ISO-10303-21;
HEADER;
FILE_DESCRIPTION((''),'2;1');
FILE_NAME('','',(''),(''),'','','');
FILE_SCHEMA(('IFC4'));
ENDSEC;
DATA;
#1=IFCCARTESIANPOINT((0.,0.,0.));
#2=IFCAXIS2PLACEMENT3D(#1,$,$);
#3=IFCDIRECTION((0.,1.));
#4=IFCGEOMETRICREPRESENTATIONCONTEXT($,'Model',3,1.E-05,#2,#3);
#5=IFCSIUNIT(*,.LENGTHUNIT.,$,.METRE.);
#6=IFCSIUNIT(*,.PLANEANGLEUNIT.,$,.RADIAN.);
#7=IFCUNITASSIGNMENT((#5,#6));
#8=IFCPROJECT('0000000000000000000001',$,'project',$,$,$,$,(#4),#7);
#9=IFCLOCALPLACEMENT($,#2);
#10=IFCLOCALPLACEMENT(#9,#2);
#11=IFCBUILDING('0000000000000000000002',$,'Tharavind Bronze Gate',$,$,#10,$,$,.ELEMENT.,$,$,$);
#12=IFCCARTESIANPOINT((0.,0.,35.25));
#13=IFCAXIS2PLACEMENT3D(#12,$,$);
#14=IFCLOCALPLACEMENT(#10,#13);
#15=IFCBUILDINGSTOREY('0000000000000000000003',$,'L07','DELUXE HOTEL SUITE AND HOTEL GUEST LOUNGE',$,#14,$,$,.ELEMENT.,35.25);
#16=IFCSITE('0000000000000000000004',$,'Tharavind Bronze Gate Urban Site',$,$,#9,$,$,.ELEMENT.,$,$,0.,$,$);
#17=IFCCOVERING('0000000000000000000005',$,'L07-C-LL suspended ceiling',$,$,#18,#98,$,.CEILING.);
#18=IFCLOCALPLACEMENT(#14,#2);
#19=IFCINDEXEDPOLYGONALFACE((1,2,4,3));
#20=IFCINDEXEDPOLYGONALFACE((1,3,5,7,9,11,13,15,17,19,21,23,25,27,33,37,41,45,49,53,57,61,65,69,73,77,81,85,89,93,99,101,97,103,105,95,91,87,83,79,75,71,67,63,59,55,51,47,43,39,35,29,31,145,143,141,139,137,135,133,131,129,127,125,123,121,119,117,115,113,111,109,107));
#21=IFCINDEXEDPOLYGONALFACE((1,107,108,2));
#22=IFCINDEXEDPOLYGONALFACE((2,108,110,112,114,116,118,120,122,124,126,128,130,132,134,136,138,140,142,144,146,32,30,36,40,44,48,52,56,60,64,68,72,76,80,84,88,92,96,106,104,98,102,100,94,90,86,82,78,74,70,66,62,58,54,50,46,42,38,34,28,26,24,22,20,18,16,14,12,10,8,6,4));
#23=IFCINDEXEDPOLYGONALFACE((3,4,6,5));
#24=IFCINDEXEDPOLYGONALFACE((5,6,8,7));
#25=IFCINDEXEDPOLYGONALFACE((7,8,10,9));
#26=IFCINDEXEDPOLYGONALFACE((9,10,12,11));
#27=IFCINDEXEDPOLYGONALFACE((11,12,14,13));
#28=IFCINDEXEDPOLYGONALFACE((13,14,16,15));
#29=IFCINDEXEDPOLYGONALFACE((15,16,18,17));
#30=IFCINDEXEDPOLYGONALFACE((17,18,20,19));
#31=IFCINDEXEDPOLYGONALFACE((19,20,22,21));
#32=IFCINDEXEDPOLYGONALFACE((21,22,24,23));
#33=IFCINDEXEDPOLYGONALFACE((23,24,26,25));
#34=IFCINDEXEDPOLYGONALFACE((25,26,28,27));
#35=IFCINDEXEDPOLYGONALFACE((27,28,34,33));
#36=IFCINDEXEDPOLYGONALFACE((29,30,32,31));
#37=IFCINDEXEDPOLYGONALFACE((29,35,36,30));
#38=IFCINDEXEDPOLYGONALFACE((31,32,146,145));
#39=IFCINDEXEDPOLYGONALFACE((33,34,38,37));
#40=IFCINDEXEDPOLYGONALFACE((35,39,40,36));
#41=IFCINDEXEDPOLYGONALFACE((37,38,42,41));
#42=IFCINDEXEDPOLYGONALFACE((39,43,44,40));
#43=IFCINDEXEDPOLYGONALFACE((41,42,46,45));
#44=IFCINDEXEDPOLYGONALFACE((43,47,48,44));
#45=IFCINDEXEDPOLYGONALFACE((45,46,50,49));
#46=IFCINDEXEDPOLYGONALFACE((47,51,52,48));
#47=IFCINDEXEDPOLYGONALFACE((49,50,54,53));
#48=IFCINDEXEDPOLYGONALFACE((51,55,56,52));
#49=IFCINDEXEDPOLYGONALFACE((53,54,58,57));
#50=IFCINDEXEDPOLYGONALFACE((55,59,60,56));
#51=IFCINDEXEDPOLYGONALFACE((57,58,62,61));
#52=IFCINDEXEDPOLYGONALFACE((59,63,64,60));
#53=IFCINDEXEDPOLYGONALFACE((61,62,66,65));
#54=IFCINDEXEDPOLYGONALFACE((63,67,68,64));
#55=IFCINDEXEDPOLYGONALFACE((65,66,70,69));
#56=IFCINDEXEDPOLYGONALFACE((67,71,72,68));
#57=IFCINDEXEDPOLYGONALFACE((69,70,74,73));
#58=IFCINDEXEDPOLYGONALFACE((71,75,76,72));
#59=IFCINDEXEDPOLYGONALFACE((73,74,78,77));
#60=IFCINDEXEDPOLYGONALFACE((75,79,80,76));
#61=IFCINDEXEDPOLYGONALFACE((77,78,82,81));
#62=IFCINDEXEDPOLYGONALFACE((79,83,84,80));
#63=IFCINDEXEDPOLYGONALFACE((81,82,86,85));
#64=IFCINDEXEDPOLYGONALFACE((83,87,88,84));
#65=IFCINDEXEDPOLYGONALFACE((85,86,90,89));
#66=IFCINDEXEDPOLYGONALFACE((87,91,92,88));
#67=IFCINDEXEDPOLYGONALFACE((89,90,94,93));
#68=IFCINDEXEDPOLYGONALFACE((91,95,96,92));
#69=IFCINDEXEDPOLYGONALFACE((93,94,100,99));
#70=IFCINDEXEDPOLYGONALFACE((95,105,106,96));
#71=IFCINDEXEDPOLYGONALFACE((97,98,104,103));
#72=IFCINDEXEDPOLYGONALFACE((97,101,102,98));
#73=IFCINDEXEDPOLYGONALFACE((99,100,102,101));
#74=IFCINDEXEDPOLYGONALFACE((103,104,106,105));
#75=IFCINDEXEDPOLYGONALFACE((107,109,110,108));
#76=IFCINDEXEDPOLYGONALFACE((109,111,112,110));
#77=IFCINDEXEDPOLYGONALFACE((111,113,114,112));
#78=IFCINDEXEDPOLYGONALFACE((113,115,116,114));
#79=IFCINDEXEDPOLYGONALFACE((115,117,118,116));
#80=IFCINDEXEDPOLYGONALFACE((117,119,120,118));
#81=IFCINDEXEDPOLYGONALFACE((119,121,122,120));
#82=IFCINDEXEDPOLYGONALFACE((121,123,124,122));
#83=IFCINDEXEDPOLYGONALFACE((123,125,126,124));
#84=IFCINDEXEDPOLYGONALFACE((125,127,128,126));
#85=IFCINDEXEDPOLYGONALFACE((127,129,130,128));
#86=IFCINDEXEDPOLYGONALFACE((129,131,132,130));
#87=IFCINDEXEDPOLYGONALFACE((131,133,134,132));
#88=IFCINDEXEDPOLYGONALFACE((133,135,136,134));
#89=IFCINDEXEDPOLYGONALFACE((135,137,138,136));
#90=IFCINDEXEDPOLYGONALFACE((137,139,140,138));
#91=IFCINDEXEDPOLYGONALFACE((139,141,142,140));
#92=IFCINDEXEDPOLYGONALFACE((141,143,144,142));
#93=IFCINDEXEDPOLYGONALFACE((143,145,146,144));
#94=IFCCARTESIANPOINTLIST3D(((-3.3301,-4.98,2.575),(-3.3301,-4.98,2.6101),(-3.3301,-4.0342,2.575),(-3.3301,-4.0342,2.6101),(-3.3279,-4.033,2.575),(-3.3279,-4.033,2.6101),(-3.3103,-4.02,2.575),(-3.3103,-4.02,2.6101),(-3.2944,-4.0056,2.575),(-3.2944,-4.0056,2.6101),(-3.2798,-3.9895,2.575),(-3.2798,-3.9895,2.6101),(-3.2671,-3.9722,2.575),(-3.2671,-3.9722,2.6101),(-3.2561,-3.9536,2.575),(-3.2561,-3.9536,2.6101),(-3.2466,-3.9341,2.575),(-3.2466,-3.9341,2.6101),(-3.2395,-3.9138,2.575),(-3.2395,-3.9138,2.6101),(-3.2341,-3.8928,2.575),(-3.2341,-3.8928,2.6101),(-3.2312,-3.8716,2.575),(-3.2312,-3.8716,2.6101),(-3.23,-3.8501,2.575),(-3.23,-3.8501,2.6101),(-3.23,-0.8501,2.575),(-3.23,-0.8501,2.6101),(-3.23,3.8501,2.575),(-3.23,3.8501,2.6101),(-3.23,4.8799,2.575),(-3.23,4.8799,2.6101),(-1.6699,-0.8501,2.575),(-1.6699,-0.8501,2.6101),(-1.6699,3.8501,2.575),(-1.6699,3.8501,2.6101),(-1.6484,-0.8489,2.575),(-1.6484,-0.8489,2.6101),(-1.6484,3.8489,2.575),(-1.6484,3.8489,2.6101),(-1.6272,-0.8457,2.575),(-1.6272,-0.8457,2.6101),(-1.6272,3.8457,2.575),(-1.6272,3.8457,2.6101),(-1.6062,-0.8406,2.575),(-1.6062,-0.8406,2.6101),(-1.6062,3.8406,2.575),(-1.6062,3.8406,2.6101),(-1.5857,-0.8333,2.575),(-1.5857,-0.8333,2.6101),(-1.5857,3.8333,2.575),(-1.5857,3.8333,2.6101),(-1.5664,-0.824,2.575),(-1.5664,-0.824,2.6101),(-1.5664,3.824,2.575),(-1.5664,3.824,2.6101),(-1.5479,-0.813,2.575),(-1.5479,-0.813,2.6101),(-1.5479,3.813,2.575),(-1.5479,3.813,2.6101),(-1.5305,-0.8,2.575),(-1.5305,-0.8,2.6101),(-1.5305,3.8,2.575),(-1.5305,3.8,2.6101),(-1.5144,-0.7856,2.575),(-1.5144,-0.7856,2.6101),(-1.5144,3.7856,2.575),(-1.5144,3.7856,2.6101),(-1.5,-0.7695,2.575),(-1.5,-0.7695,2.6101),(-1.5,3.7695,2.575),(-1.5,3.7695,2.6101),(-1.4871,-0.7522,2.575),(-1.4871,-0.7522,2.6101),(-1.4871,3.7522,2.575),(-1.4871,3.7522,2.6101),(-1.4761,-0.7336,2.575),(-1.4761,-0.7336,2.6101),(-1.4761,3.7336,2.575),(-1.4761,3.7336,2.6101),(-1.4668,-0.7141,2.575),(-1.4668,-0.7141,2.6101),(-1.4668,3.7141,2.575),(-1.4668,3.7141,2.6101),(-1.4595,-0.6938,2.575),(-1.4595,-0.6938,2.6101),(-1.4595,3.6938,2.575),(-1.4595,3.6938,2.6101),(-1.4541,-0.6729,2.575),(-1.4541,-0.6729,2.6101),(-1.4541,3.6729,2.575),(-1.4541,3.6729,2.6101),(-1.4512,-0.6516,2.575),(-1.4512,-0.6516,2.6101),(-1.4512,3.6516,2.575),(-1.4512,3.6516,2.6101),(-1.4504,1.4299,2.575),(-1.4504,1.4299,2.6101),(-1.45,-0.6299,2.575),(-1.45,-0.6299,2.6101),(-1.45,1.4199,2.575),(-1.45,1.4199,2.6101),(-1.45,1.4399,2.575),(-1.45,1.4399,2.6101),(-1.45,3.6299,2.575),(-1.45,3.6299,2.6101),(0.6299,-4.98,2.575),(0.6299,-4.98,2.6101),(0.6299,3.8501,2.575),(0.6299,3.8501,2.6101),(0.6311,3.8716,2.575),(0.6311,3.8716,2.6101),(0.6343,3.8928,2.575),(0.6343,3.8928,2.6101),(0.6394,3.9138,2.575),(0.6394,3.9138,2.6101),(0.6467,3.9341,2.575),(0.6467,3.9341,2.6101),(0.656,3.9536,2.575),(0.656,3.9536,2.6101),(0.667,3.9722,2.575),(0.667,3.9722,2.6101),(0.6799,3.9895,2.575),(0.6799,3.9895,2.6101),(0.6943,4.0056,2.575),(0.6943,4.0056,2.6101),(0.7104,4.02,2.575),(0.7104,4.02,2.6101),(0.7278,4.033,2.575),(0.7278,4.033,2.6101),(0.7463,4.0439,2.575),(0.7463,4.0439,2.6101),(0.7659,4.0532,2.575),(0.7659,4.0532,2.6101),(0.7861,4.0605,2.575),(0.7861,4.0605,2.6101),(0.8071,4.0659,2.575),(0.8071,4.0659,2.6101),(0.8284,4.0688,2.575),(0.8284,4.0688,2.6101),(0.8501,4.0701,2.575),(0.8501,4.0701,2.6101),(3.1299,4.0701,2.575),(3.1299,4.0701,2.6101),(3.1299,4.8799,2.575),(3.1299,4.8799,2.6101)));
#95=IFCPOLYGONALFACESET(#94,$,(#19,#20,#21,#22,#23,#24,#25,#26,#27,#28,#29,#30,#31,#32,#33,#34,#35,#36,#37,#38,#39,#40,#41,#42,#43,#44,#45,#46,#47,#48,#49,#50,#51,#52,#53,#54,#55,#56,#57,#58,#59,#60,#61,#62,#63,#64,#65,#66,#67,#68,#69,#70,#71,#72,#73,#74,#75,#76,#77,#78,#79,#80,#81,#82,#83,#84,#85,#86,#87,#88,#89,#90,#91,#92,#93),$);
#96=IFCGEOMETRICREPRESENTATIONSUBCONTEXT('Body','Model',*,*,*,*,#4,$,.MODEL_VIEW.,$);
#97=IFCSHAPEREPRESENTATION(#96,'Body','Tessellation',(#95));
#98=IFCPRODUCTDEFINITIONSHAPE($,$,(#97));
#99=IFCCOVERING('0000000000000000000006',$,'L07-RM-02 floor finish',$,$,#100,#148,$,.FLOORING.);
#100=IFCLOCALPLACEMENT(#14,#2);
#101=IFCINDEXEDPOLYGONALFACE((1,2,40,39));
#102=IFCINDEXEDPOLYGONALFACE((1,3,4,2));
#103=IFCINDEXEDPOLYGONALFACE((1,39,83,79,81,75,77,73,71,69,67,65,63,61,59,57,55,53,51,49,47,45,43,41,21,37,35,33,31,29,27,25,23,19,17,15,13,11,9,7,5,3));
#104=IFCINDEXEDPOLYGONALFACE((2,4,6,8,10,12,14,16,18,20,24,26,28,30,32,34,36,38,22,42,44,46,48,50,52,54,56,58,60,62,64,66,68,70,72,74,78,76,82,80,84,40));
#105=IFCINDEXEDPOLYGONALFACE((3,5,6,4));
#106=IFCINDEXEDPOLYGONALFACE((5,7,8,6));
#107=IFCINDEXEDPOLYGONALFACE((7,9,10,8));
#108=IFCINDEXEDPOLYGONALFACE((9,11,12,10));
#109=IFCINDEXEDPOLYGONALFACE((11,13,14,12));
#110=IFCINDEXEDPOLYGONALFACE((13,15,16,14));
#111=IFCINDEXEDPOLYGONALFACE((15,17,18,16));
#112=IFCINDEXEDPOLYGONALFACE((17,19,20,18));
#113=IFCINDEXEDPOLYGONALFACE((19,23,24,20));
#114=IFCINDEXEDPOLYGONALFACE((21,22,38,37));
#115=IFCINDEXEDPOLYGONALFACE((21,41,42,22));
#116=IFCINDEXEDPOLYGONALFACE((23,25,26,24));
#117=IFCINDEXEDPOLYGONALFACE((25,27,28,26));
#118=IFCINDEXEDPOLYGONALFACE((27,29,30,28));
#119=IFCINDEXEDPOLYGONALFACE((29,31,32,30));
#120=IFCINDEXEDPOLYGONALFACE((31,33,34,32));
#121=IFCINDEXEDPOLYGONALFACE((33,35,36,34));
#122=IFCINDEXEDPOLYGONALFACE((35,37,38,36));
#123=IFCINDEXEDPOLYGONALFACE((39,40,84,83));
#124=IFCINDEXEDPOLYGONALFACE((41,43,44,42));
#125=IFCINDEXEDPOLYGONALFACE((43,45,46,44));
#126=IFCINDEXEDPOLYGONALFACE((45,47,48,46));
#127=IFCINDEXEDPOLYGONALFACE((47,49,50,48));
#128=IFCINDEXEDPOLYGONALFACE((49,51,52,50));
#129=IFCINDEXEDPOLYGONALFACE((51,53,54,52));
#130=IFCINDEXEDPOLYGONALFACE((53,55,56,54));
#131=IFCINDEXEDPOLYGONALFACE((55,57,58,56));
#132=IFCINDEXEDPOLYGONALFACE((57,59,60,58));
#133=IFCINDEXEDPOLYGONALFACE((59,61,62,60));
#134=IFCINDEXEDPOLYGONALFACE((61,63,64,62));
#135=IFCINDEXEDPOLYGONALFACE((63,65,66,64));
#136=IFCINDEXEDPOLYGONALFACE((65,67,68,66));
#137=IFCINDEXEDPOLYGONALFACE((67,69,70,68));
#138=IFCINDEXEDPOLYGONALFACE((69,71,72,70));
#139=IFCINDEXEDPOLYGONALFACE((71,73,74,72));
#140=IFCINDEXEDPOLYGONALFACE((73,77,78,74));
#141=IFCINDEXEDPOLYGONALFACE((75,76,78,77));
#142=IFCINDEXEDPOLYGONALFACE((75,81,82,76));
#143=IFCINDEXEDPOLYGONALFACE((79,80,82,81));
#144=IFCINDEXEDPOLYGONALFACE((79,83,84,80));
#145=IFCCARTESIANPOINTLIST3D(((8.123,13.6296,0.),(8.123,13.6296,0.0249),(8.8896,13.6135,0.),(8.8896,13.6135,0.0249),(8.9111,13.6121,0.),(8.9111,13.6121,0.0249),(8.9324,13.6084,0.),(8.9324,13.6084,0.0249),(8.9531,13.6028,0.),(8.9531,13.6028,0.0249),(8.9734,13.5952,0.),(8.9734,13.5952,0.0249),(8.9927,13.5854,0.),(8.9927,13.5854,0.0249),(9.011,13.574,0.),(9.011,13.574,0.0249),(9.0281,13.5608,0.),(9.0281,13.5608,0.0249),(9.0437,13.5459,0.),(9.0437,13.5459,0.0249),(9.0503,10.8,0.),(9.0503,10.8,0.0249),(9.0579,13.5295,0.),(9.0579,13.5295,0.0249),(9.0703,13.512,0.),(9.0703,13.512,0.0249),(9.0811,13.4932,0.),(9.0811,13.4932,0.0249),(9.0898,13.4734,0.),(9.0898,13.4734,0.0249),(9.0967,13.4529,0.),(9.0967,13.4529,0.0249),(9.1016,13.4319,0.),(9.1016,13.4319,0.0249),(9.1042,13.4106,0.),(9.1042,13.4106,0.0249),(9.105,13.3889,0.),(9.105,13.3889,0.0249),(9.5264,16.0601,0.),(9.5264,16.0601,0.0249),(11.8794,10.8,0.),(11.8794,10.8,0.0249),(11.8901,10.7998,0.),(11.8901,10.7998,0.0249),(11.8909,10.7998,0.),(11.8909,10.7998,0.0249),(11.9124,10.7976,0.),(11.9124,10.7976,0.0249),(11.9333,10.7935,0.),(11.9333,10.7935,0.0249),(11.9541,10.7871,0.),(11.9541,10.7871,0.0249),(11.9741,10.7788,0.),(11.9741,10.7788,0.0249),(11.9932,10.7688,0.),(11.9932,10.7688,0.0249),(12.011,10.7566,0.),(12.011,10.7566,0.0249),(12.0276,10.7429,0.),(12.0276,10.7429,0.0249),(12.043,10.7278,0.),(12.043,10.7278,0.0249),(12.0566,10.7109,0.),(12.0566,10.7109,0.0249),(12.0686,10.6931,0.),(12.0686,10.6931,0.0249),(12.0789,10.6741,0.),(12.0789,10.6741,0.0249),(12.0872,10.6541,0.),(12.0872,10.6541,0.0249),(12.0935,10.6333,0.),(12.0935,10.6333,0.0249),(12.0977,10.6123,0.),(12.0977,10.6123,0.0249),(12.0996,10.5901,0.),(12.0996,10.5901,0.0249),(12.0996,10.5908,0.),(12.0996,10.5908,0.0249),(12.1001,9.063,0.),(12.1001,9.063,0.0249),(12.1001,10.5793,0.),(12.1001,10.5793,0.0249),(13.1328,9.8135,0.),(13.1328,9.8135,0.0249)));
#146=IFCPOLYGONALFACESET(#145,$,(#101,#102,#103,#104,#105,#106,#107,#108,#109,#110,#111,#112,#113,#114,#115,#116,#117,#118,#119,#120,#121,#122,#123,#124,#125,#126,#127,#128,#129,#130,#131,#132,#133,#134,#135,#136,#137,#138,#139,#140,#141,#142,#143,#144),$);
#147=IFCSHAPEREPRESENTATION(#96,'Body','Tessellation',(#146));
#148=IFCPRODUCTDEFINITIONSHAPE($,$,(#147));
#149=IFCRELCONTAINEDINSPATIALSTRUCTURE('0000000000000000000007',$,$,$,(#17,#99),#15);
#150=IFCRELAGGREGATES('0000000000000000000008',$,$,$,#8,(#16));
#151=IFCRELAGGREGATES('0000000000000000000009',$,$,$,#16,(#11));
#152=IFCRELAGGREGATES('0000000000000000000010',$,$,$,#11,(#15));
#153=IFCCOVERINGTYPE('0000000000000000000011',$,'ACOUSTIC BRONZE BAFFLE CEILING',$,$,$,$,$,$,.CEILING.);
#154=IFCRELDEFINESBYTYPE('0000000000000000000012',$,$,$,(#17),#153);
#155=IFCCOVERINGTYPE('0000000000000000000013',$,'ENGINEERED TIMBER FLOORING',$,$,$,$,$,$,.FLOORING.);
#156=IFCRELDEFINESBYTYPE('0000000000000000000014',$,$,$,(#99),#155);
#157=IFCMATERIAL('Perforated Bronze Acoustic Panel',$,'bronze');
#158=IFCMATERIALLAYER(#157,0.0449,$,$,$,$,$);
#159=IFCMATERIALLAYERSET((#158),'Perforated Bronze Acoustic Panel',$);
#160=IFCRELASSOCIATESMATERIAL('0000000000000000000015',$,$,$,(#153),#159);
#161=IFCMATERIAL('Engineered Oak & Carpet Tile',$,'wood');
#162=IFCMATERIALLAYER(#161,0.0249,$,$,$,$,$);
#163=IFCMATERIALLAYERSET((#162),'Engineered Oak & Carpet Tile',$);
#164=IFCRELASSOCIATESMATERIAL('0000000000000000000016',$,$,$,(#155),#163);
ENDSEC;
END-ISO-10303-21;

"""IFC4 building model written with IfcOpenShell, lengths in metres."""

from ifc_helpers import new_model, si_unit, direction, frame, origin, place, context, subcontext, project, spatial, polyline, outline, extrude, material, layer, layer_set, type_object, element, save


model = new_model("IFC4")

# Units and contexts
model_context = context("Model", 3, precision=1e-05, world=origin(), true_north=direction((0.0, 1.0)))
body_context = subcontext(model_context, "Body", "Model", "MODEL_VIEW")
ifc_project = project(units=[si_unit("LENGTHUNIT", "METRE"), si_unit("PLANEANGLEUNIT", "RADIAN")], contexts=[model_context])

# Site, building, storey
site_placement = place(None, origin())
site = spatial("IfcSite", under=ifc_project, at=site_placement, Name="Tharavind Bronze Gate Urban Site", CompositionType="ELEMENT", RefElevation=0.0)
building_placement = place(site_placement, origin())
building = spatial("IfcBuilding", under=site, at=building_placement, Name="Tharavind Bronze Gate", CompositionType="ELEMENT")
storey_placement = place(building_placement, frame((0.0, 0.0, 35.25)))
storey = spatial("IfcBuildingStorey", under=building, at=storey_placement, Name="L07", Description="DELUXE HOTEL SUITE AND HOTEL GUEST LOUNGE", CompositionType="ELEMENT", Elevation=35.25)

# Coverings
ifc_material_1 = material(Name="Perforated Bronze Acoustic Panel", Category="bronze")
ifc_layer_1 = layer(ifc_material_1, 0.0449)
ifc_layer_set_1 = layer_set([ifc_layer_1], Name="Perforated Bronze Acoustic Panel")
covering_type_1 = type_object("IfcCoveringType", Name="ACOUSTIC BRONZE BAFFLE CEILING", PredefinedType="CEILING", material=ifc_layer_set_1)
covering_1_placement = place(storey_placement, frame((0.0, 0.0, 2.575)))
element("IfcCovering", 1, at=covering_1_placement, inside=storey, type_object=covering_type_1, Name="L07-C-LL suspended ceiling", PredefinedType="CEILING", context=body_context, shape_type="SweptSolid", body=[
    extrude(outline(polyline([(-3.3301, -4.98), (0.6299, -4.98), (0.6299, 3.8501), (0.6311, 3.8716), (0.6343, 3.8928), (0.6394, 3.9138), (0.6467, 3.9341), (0.656, 3.9536), (0.667, 3.9722), (0.6799, 3.9895), (0.6943, 4.0056), (0.7104, 4.02), (0.7278, 4.033), (0.7463, 4.0439), (0.7659, 4.0532), (0.7861, 4.0605), (0.8071, 4.0659), (0.8284, 4.0688), (0.8501, 4.0701), (3.1299, 4.0701), (3.1299, 4.8799), (-3.23, 4.8799), (-3.23, 3.8501), (-1.6699, 3.8501), (-1.6484, 3.8489), (-1.6272, 3.8457), (-1.6062, 3.8406), (-1.5857, 3.8333), (-1.5664, 3.824), (-1.5479, 3.813), (-1.5305, 3.8), (-1.5144, 3.7856), (-1.5, 3.7695), (-1.4871, 3.7522), (-1.4761, 3.7336), (-1.4668, 3.7141), (-1.4595, 3.6938), (-1.4541, 3.6729), (-1.4512, 3.6516), (-1.45, 3.6299), (-1.45, 1.4399), (-1.4504, 1.4299), (-1.45, 1.4199), (-1.45, -0.6299), (-1.4512, -0.6516), (-1.4541, -0.6729), (-1.4595, -0.6938), (-1.4668, -0.7141), (-1.4761, -0.7336), (-1.4871, -0.7522), (-1.5, -0.7695), (-1.5144, -0.7856), (-1.5305, -0.8), (-1.5479, -0.813), (-1.5664, -0.824), (-1.5857, -0.8333), (-1.6062, -0.8406), (-1.6272, -0.8457), (-1.6484, -0.8489), (-1.6699, -0.8501), (-3.23, -0.8501), (-3.23, -3.8501), (-3.2312, -3.8716), (-3.2341, -3.8928), (-3.2395, -3.9138), (-3.2466, -3.9341), (-3.2561, -3.9536), (-3.2671, -3.9722), (-3.2798, -3.9895), (-3.2944, -4.0056), (-3.3103, -4.02), (-3.3279, -4.033), (-3.3301, -4.0342), (-3.3301, -4.98)])), origin(), (0.0, 0.0, 1.0), 0.0352),
])
ifc_material_2 = material(Name="Engineered Oak & Carpet Tile", Category="wood")
ifc_layer_2 = layer(ifc_material_2, 0.0249)
ifc_layer_set_2 = layer_set([ifc_layer_2], Name="Engineered Oak & Carpet Tile")
covering_type_2 = type_object("IfcCoveringType", Name="ENGINEERED TIMBER FLOORING", PredefinedType="FLOORING", material=ifc_layer_set_2)
covering_2_placement = place(storey_placement, origin())
element("IfcCovering", 2, at=covering_2_placement, inside=storey, type_object=covering_type_2, Name="L07-RM-02 floor finish", PredefinedType="FLOORING", context=body_context, shape_type="SweptSolid", body=[
    extrude(outline(polyline([(11.8794, 10.8), (11.8901, 10.7998), (11.8909, 10.7998), (11.9124, 10.7976), (11.9333, 10.7935), (11.9541, 10.7871), (11.9741, 10.7788), (11.9932, 10.7688), (12.011, 10.7566), (12.0276, 10.7429), (12.043, 10.7278), (12.0566, 10.7109), (12.0686, 10.6931), (12.0789, 10.6741), (12.0872, 10.6541), (12.0935, 10.6333), (12.0977, 10.6123), (12.0996, 10.5908), (12.0996, 10.5901), (12.1001, 10.5793), (12.1001, 9.063), (13.1328, 9.8135), (9.5264, 16.0601), (8.123, 13.6296), (8.8896, 13.6135), (8.9111, 13.6121), (8.9324, 13.6084), (8.9531, 13.6028), (8.9734, 13.5952), (8.9927, 13.5854), (9.011, 13.574), (9.0281, 13.5608), (9.0437, 13.5459), (9.0579, 13.5295), (9.0703, 13.512), (9.0811, 13.4932), (9.0898, 13.4734), (9.0967, 13.4529), (9.1016, 13.4319), (9.1042, 13.4106), (9.105, 13.3889), (9.0503, 10.8), (11.8794, 10.8)])), origin(), (0.0, 0.0, 1.0), 0.0249),
])

save(model, "model.ifc")
